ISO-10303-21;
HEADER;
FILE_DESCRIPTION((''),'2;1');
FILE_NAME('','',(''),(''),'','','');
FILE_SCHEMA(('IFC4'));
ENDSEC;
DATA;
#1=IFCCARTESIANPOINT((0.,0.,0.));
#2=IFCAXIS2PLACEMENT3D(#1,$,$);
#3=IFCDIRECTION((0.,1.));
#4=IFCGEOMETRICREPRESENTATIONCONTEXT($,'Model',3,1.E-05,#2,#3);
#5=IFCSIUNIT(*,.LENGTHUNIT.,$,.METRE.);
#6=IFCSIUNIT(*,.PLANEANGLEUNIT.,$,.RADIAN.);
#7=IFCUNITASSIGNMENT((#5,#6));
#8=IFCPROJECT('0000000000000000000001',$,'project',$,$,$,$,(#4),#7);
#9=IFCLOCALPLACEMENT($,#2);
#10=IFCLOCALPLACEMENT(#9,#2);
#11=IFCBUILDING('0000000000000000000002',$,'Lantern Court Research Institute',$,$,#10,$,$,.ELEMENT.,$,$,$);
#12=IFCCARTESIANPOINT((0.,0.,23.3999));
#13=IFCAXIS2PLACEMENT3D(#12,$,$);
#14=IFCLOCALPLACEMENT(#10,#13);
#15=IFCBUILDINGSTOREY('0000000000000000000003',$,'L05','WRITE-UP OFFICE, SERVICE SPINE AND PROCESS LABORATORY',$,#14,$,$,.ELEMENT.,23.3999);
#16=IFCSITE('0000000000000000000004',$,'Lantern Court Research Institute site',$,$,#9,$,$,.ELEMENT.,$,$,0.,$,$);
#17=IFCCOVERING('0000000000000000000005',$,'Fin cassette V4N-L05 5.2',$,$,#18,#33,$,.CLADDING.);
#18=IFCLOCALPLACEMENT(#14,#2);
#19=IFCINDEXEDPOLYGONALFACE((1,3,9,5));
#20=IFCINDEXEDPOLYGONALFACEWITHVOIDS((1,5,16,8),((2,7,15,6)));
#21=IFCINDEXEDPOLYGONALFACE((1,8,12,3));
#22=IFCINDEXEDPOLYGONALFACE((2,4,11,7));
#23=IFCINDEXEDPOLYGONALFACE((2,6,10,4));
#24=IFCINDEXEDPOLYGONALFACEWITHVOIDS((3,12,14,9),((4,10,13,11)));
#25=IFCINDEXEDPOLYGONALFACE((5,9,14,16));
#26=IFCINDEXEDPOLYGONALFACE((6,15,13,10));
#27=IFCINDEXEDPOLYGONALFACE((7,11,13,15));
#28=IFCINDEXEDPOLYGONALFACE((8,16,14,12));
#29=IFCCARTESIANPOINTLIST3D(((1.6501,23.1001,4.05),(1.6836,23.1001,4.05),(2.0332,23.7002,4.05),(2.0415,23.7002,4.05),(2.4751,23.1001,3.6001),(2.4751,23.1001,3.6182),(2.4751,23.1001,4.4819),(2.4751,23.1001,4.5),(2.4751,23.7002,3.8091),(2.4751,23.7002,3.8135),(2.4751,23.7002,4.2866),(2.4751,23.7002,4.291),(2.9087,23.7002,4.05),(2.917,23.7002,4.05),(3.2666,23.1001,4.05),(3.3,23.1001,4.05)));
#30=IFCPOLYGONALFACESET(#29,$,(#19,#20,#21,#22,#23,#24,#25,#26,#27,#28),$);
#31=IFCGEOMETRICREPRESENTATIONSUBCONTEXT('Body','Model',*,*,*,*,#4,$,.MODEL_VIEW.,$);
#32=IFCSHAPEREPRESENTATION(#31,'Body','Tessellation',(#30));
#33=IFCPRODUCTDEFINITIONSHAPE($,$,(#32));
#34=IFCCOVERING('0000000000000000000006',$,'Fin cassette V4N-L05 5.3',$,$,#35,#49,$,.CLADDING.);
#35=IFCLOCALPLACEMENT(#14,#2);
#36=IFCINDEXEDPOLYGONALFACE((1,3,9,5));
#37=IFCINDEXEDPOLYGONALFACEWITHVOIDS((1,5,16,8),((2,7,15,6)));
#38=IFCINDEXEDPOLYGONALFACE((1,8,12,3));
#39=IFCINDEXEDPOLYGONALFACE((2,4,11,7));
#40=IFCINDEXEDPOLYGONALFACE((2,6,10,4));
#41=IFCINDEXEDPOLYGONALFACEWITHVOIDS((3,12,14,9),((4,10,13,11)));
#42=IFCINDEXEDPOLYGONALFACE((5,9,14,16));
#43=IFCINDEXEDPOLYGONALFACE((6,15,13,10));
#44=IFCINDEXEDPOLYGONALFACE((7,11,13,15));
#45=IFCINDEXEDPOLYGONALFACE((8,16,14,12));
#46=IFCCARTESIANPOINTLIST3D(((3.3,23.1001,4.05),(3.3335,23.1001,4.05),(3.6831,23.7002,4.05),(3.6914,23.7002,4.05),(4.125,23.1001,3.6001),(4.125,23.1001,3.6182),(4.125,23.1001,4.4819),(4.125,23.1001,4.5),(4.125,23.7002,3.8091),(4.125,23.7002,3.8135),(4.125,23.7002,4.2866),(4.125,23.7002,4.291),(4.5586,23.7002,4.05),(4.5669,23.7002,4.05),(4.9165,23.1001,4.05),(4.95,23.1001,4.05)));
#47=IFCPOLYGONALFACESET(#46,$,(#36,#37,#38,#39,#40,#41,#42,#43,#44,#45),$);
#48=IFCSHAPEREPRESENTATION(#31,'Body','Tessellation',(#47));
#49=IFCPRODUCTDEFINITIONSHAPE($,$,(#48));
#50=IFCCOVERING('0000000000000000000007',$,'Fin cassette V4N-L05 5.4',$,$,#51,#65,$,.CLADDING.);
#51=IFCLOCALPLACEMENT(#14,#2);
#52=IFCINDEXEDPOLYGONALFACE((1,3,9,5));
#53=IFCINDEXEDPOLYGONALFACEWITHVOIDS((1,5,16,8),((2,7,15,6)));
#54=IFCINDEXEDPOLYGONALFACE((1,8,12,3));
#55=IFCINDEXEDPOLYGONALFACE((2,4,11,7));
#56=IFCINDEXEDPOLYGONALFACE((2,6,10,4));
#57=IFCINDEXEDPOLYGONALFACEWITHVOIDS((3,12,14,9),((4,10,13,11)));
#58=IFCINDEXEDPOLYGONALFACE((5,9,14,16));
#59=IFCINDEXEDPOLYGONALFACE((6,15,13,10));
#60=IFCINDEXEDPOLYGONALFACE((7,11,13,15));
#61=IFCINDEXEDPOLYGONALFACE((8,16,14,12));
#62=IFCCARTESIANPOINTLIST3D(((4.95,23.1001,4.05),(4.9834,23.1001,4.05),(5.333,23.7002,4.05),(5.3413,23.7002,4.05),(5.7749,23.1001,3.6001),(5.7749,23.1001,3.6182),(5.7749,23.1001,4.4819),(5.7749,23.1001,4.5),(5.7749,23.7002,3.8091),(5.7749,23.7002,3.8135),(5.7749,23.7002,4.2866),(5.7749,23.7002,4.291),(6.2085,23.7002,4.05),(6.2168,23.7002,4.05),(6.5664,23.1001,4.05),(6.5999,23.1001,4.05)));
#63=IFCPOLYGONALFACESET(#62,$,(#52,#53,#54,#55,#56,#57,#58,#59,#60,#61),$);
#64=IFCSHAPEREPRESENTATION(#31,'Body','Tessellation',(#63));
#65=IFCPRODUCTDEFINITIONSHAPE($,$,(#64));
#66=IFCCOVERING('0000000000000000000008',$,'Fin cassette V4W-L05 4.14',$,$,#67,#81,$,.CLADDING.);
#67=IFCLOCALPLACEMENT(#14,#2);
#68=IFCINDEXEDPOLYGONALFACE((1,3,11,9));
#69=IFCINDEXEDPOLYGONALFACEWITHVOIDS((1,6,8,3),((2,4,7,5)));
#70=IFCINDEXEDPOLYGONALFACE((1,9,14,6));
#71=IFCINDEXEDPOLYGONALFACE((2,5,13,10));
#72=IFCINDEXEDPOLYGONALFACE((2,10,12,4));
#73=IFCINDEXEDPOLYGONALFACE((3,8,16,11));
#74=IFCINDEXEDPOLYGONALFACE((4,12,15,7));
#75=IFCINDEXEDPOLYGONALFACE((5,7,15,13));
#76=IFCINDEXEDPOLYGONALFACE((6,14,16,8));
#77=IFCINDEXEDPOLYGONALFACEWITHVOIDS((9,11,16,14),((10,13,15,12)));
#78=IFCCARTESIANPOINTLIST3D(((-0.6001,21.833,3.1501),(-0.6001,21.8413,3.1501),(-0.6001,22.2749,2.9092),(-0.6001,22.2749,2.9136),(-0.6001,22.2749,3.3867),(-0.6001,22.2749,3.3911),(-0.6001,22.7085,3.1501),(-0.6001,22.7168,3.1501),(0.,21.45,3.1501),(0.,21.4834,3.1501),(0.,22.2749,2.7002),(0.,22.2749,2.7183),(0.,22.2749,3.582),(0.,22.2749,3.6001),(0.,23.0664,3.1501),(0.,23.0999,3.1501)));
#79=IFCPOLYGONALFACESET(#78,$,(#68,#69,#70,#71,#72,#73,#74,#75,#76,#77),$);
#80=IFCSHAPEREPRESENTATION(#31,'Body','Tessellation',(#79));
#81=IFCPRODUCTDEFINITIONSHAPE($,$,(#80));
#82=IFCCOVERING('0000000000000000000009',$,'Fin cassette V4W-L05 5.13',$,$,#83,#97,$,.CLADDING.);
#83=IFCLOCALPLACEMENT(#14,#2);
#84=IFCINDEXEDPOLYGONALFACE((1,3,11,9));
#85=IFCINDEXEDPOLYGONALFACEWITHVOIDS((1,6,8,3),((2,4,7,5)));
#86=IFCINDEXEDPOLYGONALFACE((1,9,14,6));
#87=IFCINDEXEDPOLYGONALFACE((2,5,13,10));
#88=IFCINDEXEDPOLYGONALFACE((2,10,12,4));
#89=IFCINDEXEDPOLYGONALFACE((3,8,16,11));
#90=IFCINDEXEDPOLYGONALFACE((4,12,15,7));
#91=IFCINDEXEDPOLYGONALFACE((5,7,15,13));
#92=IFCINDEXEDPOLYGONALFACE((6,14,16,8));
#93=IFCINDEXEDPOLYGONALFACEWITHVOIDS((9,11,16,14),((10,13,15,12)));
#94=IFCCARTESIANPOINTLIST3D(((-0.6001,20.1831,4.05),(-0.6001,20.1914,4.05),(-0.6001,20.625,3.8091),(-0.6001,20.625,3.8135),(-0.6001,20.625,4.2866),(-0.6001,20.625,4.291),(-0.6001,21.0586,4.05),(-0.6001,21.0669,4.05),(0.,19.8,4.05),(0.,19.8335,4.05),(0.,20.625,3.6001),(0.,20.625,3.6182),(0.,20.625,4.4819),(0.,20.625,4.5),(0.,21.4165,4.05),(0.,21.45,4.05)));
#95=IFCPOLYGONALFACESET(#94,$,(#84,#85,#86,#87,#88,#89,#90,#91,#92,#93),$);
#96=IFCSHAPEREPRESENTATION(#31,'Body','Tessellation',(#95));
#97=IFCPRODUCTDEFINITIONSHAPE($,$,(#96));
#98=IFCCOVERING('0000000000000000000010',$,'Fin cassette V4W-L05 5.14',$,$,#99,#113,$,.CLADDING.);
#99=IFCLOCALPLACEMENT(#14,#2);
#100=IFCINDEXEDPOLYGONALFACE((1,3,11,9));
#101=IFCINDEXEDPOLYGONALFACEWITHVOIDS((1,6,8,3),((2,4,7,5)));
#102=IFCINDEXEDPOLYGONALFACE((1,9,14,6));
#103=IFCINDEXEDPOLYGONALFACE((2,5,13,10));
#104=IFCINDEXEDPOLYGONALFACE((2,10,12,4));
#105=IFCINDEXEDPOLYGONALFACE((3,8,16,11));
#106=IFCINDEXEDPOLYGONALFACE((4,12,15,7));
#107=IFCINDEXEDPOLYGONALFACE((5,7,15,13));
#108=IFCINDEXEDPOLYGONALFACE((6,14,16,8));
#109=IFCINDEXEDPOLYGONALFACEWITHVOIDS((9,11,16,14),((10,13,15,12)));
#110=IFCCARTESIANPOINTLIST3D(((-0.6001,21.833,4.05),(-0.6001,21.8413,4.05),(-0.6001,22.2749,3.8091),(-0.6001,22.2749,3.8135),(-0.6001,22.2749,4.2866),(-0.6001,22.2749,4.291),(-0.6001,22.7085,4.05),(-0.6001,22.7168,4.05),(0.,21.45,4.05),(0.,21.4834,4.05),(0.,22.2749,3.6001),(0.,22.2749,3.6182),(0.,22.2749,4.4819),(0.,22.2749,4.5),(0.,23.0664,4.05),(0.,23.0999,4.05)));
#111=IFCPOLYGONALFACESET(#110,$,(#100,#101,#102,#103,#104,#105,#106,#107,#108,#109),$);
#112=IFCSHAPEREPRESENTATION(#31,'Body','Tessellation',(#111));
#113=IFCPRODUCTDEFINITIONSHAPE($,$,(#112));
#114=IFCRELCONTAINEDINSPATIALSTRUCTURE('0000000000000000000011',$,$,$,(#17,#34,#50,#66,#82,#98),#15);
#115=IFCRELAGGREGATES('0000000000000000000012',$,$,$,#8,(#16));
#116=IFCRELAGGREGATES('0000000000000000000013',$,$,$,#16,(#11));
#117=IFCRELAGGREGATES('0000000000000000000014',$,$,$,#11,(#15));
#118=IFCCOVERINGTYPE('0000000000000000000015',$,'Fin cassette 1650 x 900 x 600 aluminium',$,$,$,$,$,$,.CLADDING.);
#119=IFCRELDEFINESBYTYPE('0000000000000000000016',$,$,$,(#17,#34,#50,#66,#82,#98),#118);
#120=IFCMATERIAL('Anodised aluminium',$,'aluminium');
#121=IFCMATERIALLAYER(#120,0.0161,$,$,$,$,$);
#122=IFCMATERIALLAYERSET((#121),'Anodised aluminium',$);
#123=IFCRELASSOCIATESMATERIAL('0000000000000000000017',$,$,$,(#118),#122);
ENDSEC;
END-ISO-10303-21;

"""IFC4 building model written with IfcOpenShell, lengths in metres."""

from ifc_helpers import new_model, entity, si_unit, direction, frame, origin, place, context, subcontext, project, spatial, material, layer, layer_set, type_object, element, save


model = new_model("IFC4")

# Units and contexts
model_context = context("Model", 3, precision=1e-05, world=origin(), true_north=direction((0.0, 1.0)))
body_context = subcontext(model_context, "Body", "Model", "MODEL_VIEW")
ifc_project = project(units=[si_unit("LENGTHUNIT", "METRE"), si_unit("PLANEANGLEUNIT", "RADIAN")], contexts=[model_context])

# Site, building, storey
site_placement = place(None, origin())
site = spatial("IfcSite", under=ifc_project, at=site_placement, Name="Lantern Court Research Institute site", CompositionType="ELEMENT", RefElevation=0.0)
building_placement = place(site_placement, origin())
building = spatial("IfcBuilding", under=site, at=building_placement, Name="Lantern Court Research Institute", CompositionType="ELEMENT")
storey_placement = place(building_placement, frame((0.0, 0.0, 23.3999)))
storey = spatial("IfcBuildingStorey", under=building, at=storey_placement, Name="L05", Description="WRITE-UP OFFICE, SERVICE SPINE AND PROCESS LABORATORY", CompositionType="ELEMENT", Elevation=23.3999)

# Coverings
ifc_material_1 = material(Name="Anodised aluminium", Category="aluminium")
ifc_layer_1 = layer(ifc_material_1, 0.0161)
ifc_layer_set_1 = layer_set([ifc_layer_1], Name="Anodised aluminium")
covering_type = type_object("IfcCoveringType", Name="Fin cassette 1650 x 900 x 600 aluminium", PredefinedType="CLADDING", material=ifc_layer_set_1)
covering_1_placement = place(storey_placement, frame((2.4751, 23.1001, 4.05), z_axis=(0.0, 1.0, 0.0), x_axis=(-1.0, 0.0, 0.0)))
cartesian_point_1 = entity("IfcCartesianPoint", [0.825, 0.0])
cartesian_point_2 = entity("IfcCartesianPoint", [0.7915, 0.0])
cartesian_point_3 = entity("IfcCartesianPoint", [0.4419, 0.0])
cartesian_point_4 = entity("IfcCartesianPoint", [0.4336, 0.0])
element("IfcCovering", 1, at=covering_1_placement, inside=storey, type_object=covering_type, Name="Fin cassette V4N-L05 5.2", PredefinedType="CLADDING", context=body_context, shape_type="SweptSolid", body=[
    entity("IfcExtrudedAreaSolidTapered", entity("IfcArbitraryProfileDefWithVoids", "AREA", None, entity("IfcPolyline", [cartesian_point_1, entity("IfcCartesianPoint", [0.0, 0.45]), entity("IfcCartesianPoint", [-0.825, 0.0]), entity("IfcCartesianPoint", [0.0, -0.45]), cartesian_point_1]), [entity("IfcPolyline", [cartesian_point_2, entity("IfcCartesianPoint", [0.0, 0.4319]), entity("IfcCartesianPoint", [-0.7915, 0.0]), entity("IfcCartesianPoint", [0.0, -0.4319]), cartesian_point_2])]), entity("IfcAxis2Placement3D", entity("IfcCartesianPoint", [0.0, 0.0, 0.0])), entity("IfcDirection", [0.0, 0.0, 1.0]), 0.6001, entity("IfcArbitraryProfileDefWithVoids", "AREA", None, entity("IfcPolyline", [cartesian_point_3, entity("IfcCartesianPoint", [0.0, 0.241]), entity("IfcCartesianPoint", [-0.4419, 0.0]), entity("IfcCartesianPoint", [0.0, -0.241]), cartesian_point_3]), [entity("IfcPolyline", [cartesian_point_4, entity("IfcCartesianPoint", [0.0, 0.2366]), entity("IfcCartesianPoint", [-0.4336, 0.0]), entity("IfcCartesianPoint", [0.0, -0.2366]), cartesian_point_4])])),
])
covering_2_placement = place(storey_placement, frame((4.125, 23.1001, 4.05), z_axis=(0.0, 1.0, 0.0), x_axis=(-1.0, 0.0, 0.0)))
cartesian_point_5 = entity("IfcCartesianPoint", [0.825, 0.0])
cartesian_point_6 = entity("IfcCartesianPoint", [0.7915, 0.0])
cartesian_point_7 = entity("IfcCartesianPoint", [0.4419, 0.0])
cartesian_point_8 = entity("IfcCartesianPoint", [0.4336, 0.0])
element("IfcCovering", 2, at=covering_2_placement, inside=storey, type_object=covering_type, Name="Fin cassette V4N-L05 5.3", PredefinedType="CLADDING", context=body_context, shape_type="SweptSolid", body=[
    entity("IfcExtrudedAreaSolidTapered", entity("IfcArbitraryProfileDefWithVoids", "AREA", None, entity("IfcPolyline", [cartesian_point_5, entity("IfcCartesianPoint", [0.0, 0.45]), entity("IfcCartesianPoint", [-0.825, 0.0]), entity("IfcCartesianPoint", [0.0, -0.45]), cartesian_point_5]), [entity("IfcPolyline", [cartesian_point_6, entity("IfcCartesianPoint", [0.0, 0.4319]), entity("IfcCartesianPoint", [-0.7915, 0.0]), entity("IfcCartesianPoint", [0.0, -0.4319]), cartesian_point_6])]), entity("IfcAxis2Placement3D", entity("IfcCartesianPoint", [0.0, 0.0, 0.0])), entity("IfcDirection", [0.0, 0.0, 1.0]), 0.6001, entity("IfcArbitraryProfileDefWithVoids", "AREA", None, entity("IfcPolyline", [cartesian_point_7, entity("IfcCartesianPoint", [0.0, 0.241]), entity("IfcCartesianPoint", [-0.4419, 0.0]), entity("IfcCartesianPoint", [0.0, -0.241]), cartesian_point_7]), [entity("IfcPolyline", [cartesian_point_8, entity("IfcCartesianPoint", [0.0, 0.2366]), entity("IfcCartesianPoint", [-0.4336, 0.0]), entity("IfcCartesianPoint", [0.0, -0.2366]), cartesian_point_8])])),
])
covering_3_placement = place(storey_placement, frame((5.7749, 23.1001, 4.05), z_axis=(0.0, 1.0, 0.0), x_axis=(-1.0, 0.0, 0.0)))
cartesian_point_9 = entity("IfcCartesianPoint", [0.825, 0.0])
cartesian_point_10 = entity("IfcCartesianPoint", [0.7915, 0.0])
cartesian_point_11 = entity("IfcCartesianPoint", [0.4419, 0.0])
cartesian_point_12 = entity("IfcCartesianPoint", [0.4336, 0.0])
element("IfcCovering", 3, at=covering_3_placement, inside=storey, type_object=covering_type, Name="Fin cassette V4N-L05 5.4", PredefinedType="CLADDING", context=body_context, shape_type="SweptSolid", body=[
    entity("IfcExtrudedAreaSolidTapered", entity("IfcArbitraryProfileDefWithVoids", "AREA", None, entity("IfcPolyline", [cartesian_point_9, entity("IfcCartesianPoint", [0.0, 0.45]), entity("IfcCartesianPoint", [-0.825, 0.0]), entity("IfcCartesianPoint", [0.0, -0.45]), cartesian_point_9]), [entity("IfcPolyline", [cartesian_point_10, entity("IfcCartesianPoint", [0.0, 0.4319]), entity("IfcCartesianPoint", [-0.7915, 0.0]), entity("IfcCartesianPoint", [0.0, -0.4319]), cartesian_point_10])]), entity("IfcAxis2Placement3D", entity("IfcCartesianPoint", [0.0, 0.0, 0.0])), entity("IfcDirection", [0.0, 0.0, 1.0]), 0.6001, entity("IfcArbitraryProfileDefWithVoids", "AREA", None, entity("IfcPolyline", [cartesian_point_11, entity("IfcCartesianPoint", [0.0, 0.241]), entity("IfcCartesianPoint", [-0.4419, 0.0]), entity("IfcCartesianPoint", [0.0, -0.241]), cartesian_point_11]), [entity("IfcPolyline", [cartesian_point_12, entity("IfcCartesianPoint", [0.0, 0.2366]), entity("IfcCartesianPoint", [-0.4336, 0.0]), entity("IfcCartesianPoint", [0.0, -0.2366]), cartesian_point_12])])),
])
covering_4_placement = place(storey_placement, frame((0.0, 22.2749, 3.1501), z_axis=(-1.0, 0.0, 0.0), x_axis=(0.0, -1.0, 0.0)))
cartesian_point_13 = entity("IfcCartesianPoint", [0.825, 0.0])
cartesian_point_14 = entity("IfcCartesianPoint", [0.7915, 0.0])
cartesian_point_15 = entity("IfcCartesianPoint", [0.4419, 0.0])
cartesian_point_16 = entity("IfcCartesianPoint", [0.4336, 0.0])
element("IfcCovering", 4, at=covering_4_placement, inside=storey, type_object=covering_type, Name="Fin cassette V4W-L05 4.14", PredefinedType="CLADDING", context=body_context, shape_type="SweptSolid", body=[
    entity("IfcExtrudedAreaSolidTapered", entity("IfcArbitraryProfileDefWithVoids", "AREA", None, entity("IfcPolyline", [cartesian_point_13, entity("IfcCartesianPoint", [0.0, 0.45]), entity("IfcCartesianPoint", [-0.825, 0.0]), entity("IfcCartesianPoint", [0.0, -0.45]), cartesian_point_13]), [entity("IfcPolyline", [cartesian_point_14, entity("IfcCartesianPoint", [0.0, 0.4319]), entity("IfcCartesianPoint", [-0.7915, 0.0]), entity("IfcCartesianPoint", [0.0, -0.4319]), cartesian_point_14])]), entity("IfcAxis2Placement3D", entity("IfcCartesianPoint", [0.0, 0.0, 0.0])), entity("IfcDirection", [0.0, 0.0, 1.0]), 0.6001, entity("IfcArbitraryProfileDefWithVoids", "AREA", None, entity("IfcPolyline", [cartesian_point_15, entity("IfcCartesianPoint", [0.0, 0.241]), entity("IfcCartesianPoint", [-0.4419, 0.0]), entity("IfcCartesianPoint", [0.0, -0.241]), cartesian_point_15]), [entity("IfcPolyline", [cartesian_point_16, entity("IfcCartesianPoint", [0.0, 0.2366]), entity("IfcCartesianPoint", [-0.4336, 0.0]), entity("IfcCartesianPoint", [0.0, -0.2366]), cartesian_point_16])])),
])
covering_5_placement = place(storey_placement, frame((0.0, 20.625, 4.05), z_axis=(-1.0, 0.0, 0.0), x_axis=(0.0, -1.0, 0.0)))
cartesian_point_17 = entity("IfcCartesianPoint", [0.825, 0.0])
cartesian_point_18 = entity("IfcCartesianPoint", [0.7915, 0.0])
cartesian_point_19 = entity("IfcCartesianPoint", [0.4419, 0.0])
cartesian_point_20 = entity("IfcCartesianPoint", [0.4336, 0.0])
element("IfcCovering", 5, at=covering_5_placement, inside=storey, type_object=covering_type, Name="Fin cassette V4W-L05 5.13", PredefinedType="CLADDING", context=body_context, shape_type="SweptSolid", body=[
    entity("IfcExtrudedAreaSolidTapered", entity("IfcArbitraryProfileDefWithVoids", "AREA", None, entity("IfcPolyline", [cartesian_point_17, entity("IfcCartesianPoint", [0.0, 0.45]), entity("IfcCartesianPoint", [-0.825, 0.0]), entity("IfcCartesianPoint", [0.0, -0.45]), cartesian_point_17]), [entity("IfcPolyline", [cartesian_point_18, entity("IfcCartesianPoint", [0.0, 0.4319]), entity("IfcCartesianPoint", [-0.7915, 0.0]), entity("IfcCartesianPoint", [0.0, -0.4319]), cartesian_point_18])]), entity("IfcAxis2Placement3D", entity("IfcCartesianPoint", [0.0, 0.0, 0.0])), entity("IfcDirection", [0.0, 0.0, 1.0]), 0.6001, entity("IfcArbitraryProfileDefWithVoids", "AREA", None, entity("IfcPolyline", [cartesian_point_19, entity("IfcCartesianPoint", [0.0, 0.241]), entity("IfcCartesianPoint", [-0.4419, 0.0]), entity("IfcCartesianPoint", [0.0, -0.241]), cartesian_point_19]), [entity("IfcPolyline", [cartesian_point_20, entity("IfcCartesianPoint", [0.0, 0.2366]), entity("IfcCartesianPoint", [-0.4336, 0.0]), entity("IfcCartesianPoint", [0.0, -0.2366]), cartesian_point_20])])),
])
covering_6_placement = place(storey_placement, frame((0.0, 22.2749, 4.05), z_axis=(-1.0, 0.0, 0.0), x_axis=(0.0, -1.0, 0.0)))
cartesian_point_21 = entity("IfcCartesianPoint", [0.825, 0.0])
cartesian_point_22 = entity("IfcCartesianPoint", [0.7915, 0.0])
cartesian_point_23 = entity("IfcCartesianPoint", [0.4419, 0.0])
cartesian_point_24 = entity("IfcCartesianPoint", [0.4336, 0.0])
element("IfcCovering", 6, at=covering_6_placement, inside=storey, type_object=covering_type, Name="Fin cassette V4W-L05 5.14", PredefinedType="CLADDING", context=body_context, shape_type="SweptSolid", body=[
    entity("IfcExtrudedAreaSolidTapered", entity("IfcArbitraryProfileDefWithVoids", "AREA", None, entity("IfcPolyline", [cartesian_point_21, entity("IfcCartesianPoint", [0.0, 0.45]), entity("IfcCartesianPoint", [-0.825, 0.0]), entity("IfcCartesianPoint", [0.0, -0.45]), cartesian_point_21]), [entity("IfcPolyline", [cartesian_point_22, entity("IfcCartesianPoint", [0.0, 0.4319]), entity("IfcCartesianPoint", [-0.7915, 0.0]), entity("IfcCartesianPoint", [0.0, -0.4319]), cartesian_point_22])]), entity("IfcAxis2Placement3D", entity("IfcCartesianPoint", [0.0, 0.0, 0.0])), entity("IfcDirection", [0.0, 0.0, 1.0]), 0.6001, entity("IfcArbitraryProfileDefWithVoids", "AREA", None, entity("IfcPolyline", [cartesian_point_23, entity("IfcCartesianPoint", [0.0, 0.241]), entity("IfcCartesianPoint", [-0.4419, 0.0]), entity("IfcCartesianPoint", [0.0, -0.241]), cartesian_point_23]), [entity("IfcPolyline", [cartesian_point_24, entity("IfcCartesianPoint", [0.0, 0.2366]), entity("IfcCartesianPoint", [-0.4336, 0.0]), entity("IfcCartesianPoint", [0.0, -0.2366]), cartesian_point_24])])),
])

save(model, "model.ifc")
